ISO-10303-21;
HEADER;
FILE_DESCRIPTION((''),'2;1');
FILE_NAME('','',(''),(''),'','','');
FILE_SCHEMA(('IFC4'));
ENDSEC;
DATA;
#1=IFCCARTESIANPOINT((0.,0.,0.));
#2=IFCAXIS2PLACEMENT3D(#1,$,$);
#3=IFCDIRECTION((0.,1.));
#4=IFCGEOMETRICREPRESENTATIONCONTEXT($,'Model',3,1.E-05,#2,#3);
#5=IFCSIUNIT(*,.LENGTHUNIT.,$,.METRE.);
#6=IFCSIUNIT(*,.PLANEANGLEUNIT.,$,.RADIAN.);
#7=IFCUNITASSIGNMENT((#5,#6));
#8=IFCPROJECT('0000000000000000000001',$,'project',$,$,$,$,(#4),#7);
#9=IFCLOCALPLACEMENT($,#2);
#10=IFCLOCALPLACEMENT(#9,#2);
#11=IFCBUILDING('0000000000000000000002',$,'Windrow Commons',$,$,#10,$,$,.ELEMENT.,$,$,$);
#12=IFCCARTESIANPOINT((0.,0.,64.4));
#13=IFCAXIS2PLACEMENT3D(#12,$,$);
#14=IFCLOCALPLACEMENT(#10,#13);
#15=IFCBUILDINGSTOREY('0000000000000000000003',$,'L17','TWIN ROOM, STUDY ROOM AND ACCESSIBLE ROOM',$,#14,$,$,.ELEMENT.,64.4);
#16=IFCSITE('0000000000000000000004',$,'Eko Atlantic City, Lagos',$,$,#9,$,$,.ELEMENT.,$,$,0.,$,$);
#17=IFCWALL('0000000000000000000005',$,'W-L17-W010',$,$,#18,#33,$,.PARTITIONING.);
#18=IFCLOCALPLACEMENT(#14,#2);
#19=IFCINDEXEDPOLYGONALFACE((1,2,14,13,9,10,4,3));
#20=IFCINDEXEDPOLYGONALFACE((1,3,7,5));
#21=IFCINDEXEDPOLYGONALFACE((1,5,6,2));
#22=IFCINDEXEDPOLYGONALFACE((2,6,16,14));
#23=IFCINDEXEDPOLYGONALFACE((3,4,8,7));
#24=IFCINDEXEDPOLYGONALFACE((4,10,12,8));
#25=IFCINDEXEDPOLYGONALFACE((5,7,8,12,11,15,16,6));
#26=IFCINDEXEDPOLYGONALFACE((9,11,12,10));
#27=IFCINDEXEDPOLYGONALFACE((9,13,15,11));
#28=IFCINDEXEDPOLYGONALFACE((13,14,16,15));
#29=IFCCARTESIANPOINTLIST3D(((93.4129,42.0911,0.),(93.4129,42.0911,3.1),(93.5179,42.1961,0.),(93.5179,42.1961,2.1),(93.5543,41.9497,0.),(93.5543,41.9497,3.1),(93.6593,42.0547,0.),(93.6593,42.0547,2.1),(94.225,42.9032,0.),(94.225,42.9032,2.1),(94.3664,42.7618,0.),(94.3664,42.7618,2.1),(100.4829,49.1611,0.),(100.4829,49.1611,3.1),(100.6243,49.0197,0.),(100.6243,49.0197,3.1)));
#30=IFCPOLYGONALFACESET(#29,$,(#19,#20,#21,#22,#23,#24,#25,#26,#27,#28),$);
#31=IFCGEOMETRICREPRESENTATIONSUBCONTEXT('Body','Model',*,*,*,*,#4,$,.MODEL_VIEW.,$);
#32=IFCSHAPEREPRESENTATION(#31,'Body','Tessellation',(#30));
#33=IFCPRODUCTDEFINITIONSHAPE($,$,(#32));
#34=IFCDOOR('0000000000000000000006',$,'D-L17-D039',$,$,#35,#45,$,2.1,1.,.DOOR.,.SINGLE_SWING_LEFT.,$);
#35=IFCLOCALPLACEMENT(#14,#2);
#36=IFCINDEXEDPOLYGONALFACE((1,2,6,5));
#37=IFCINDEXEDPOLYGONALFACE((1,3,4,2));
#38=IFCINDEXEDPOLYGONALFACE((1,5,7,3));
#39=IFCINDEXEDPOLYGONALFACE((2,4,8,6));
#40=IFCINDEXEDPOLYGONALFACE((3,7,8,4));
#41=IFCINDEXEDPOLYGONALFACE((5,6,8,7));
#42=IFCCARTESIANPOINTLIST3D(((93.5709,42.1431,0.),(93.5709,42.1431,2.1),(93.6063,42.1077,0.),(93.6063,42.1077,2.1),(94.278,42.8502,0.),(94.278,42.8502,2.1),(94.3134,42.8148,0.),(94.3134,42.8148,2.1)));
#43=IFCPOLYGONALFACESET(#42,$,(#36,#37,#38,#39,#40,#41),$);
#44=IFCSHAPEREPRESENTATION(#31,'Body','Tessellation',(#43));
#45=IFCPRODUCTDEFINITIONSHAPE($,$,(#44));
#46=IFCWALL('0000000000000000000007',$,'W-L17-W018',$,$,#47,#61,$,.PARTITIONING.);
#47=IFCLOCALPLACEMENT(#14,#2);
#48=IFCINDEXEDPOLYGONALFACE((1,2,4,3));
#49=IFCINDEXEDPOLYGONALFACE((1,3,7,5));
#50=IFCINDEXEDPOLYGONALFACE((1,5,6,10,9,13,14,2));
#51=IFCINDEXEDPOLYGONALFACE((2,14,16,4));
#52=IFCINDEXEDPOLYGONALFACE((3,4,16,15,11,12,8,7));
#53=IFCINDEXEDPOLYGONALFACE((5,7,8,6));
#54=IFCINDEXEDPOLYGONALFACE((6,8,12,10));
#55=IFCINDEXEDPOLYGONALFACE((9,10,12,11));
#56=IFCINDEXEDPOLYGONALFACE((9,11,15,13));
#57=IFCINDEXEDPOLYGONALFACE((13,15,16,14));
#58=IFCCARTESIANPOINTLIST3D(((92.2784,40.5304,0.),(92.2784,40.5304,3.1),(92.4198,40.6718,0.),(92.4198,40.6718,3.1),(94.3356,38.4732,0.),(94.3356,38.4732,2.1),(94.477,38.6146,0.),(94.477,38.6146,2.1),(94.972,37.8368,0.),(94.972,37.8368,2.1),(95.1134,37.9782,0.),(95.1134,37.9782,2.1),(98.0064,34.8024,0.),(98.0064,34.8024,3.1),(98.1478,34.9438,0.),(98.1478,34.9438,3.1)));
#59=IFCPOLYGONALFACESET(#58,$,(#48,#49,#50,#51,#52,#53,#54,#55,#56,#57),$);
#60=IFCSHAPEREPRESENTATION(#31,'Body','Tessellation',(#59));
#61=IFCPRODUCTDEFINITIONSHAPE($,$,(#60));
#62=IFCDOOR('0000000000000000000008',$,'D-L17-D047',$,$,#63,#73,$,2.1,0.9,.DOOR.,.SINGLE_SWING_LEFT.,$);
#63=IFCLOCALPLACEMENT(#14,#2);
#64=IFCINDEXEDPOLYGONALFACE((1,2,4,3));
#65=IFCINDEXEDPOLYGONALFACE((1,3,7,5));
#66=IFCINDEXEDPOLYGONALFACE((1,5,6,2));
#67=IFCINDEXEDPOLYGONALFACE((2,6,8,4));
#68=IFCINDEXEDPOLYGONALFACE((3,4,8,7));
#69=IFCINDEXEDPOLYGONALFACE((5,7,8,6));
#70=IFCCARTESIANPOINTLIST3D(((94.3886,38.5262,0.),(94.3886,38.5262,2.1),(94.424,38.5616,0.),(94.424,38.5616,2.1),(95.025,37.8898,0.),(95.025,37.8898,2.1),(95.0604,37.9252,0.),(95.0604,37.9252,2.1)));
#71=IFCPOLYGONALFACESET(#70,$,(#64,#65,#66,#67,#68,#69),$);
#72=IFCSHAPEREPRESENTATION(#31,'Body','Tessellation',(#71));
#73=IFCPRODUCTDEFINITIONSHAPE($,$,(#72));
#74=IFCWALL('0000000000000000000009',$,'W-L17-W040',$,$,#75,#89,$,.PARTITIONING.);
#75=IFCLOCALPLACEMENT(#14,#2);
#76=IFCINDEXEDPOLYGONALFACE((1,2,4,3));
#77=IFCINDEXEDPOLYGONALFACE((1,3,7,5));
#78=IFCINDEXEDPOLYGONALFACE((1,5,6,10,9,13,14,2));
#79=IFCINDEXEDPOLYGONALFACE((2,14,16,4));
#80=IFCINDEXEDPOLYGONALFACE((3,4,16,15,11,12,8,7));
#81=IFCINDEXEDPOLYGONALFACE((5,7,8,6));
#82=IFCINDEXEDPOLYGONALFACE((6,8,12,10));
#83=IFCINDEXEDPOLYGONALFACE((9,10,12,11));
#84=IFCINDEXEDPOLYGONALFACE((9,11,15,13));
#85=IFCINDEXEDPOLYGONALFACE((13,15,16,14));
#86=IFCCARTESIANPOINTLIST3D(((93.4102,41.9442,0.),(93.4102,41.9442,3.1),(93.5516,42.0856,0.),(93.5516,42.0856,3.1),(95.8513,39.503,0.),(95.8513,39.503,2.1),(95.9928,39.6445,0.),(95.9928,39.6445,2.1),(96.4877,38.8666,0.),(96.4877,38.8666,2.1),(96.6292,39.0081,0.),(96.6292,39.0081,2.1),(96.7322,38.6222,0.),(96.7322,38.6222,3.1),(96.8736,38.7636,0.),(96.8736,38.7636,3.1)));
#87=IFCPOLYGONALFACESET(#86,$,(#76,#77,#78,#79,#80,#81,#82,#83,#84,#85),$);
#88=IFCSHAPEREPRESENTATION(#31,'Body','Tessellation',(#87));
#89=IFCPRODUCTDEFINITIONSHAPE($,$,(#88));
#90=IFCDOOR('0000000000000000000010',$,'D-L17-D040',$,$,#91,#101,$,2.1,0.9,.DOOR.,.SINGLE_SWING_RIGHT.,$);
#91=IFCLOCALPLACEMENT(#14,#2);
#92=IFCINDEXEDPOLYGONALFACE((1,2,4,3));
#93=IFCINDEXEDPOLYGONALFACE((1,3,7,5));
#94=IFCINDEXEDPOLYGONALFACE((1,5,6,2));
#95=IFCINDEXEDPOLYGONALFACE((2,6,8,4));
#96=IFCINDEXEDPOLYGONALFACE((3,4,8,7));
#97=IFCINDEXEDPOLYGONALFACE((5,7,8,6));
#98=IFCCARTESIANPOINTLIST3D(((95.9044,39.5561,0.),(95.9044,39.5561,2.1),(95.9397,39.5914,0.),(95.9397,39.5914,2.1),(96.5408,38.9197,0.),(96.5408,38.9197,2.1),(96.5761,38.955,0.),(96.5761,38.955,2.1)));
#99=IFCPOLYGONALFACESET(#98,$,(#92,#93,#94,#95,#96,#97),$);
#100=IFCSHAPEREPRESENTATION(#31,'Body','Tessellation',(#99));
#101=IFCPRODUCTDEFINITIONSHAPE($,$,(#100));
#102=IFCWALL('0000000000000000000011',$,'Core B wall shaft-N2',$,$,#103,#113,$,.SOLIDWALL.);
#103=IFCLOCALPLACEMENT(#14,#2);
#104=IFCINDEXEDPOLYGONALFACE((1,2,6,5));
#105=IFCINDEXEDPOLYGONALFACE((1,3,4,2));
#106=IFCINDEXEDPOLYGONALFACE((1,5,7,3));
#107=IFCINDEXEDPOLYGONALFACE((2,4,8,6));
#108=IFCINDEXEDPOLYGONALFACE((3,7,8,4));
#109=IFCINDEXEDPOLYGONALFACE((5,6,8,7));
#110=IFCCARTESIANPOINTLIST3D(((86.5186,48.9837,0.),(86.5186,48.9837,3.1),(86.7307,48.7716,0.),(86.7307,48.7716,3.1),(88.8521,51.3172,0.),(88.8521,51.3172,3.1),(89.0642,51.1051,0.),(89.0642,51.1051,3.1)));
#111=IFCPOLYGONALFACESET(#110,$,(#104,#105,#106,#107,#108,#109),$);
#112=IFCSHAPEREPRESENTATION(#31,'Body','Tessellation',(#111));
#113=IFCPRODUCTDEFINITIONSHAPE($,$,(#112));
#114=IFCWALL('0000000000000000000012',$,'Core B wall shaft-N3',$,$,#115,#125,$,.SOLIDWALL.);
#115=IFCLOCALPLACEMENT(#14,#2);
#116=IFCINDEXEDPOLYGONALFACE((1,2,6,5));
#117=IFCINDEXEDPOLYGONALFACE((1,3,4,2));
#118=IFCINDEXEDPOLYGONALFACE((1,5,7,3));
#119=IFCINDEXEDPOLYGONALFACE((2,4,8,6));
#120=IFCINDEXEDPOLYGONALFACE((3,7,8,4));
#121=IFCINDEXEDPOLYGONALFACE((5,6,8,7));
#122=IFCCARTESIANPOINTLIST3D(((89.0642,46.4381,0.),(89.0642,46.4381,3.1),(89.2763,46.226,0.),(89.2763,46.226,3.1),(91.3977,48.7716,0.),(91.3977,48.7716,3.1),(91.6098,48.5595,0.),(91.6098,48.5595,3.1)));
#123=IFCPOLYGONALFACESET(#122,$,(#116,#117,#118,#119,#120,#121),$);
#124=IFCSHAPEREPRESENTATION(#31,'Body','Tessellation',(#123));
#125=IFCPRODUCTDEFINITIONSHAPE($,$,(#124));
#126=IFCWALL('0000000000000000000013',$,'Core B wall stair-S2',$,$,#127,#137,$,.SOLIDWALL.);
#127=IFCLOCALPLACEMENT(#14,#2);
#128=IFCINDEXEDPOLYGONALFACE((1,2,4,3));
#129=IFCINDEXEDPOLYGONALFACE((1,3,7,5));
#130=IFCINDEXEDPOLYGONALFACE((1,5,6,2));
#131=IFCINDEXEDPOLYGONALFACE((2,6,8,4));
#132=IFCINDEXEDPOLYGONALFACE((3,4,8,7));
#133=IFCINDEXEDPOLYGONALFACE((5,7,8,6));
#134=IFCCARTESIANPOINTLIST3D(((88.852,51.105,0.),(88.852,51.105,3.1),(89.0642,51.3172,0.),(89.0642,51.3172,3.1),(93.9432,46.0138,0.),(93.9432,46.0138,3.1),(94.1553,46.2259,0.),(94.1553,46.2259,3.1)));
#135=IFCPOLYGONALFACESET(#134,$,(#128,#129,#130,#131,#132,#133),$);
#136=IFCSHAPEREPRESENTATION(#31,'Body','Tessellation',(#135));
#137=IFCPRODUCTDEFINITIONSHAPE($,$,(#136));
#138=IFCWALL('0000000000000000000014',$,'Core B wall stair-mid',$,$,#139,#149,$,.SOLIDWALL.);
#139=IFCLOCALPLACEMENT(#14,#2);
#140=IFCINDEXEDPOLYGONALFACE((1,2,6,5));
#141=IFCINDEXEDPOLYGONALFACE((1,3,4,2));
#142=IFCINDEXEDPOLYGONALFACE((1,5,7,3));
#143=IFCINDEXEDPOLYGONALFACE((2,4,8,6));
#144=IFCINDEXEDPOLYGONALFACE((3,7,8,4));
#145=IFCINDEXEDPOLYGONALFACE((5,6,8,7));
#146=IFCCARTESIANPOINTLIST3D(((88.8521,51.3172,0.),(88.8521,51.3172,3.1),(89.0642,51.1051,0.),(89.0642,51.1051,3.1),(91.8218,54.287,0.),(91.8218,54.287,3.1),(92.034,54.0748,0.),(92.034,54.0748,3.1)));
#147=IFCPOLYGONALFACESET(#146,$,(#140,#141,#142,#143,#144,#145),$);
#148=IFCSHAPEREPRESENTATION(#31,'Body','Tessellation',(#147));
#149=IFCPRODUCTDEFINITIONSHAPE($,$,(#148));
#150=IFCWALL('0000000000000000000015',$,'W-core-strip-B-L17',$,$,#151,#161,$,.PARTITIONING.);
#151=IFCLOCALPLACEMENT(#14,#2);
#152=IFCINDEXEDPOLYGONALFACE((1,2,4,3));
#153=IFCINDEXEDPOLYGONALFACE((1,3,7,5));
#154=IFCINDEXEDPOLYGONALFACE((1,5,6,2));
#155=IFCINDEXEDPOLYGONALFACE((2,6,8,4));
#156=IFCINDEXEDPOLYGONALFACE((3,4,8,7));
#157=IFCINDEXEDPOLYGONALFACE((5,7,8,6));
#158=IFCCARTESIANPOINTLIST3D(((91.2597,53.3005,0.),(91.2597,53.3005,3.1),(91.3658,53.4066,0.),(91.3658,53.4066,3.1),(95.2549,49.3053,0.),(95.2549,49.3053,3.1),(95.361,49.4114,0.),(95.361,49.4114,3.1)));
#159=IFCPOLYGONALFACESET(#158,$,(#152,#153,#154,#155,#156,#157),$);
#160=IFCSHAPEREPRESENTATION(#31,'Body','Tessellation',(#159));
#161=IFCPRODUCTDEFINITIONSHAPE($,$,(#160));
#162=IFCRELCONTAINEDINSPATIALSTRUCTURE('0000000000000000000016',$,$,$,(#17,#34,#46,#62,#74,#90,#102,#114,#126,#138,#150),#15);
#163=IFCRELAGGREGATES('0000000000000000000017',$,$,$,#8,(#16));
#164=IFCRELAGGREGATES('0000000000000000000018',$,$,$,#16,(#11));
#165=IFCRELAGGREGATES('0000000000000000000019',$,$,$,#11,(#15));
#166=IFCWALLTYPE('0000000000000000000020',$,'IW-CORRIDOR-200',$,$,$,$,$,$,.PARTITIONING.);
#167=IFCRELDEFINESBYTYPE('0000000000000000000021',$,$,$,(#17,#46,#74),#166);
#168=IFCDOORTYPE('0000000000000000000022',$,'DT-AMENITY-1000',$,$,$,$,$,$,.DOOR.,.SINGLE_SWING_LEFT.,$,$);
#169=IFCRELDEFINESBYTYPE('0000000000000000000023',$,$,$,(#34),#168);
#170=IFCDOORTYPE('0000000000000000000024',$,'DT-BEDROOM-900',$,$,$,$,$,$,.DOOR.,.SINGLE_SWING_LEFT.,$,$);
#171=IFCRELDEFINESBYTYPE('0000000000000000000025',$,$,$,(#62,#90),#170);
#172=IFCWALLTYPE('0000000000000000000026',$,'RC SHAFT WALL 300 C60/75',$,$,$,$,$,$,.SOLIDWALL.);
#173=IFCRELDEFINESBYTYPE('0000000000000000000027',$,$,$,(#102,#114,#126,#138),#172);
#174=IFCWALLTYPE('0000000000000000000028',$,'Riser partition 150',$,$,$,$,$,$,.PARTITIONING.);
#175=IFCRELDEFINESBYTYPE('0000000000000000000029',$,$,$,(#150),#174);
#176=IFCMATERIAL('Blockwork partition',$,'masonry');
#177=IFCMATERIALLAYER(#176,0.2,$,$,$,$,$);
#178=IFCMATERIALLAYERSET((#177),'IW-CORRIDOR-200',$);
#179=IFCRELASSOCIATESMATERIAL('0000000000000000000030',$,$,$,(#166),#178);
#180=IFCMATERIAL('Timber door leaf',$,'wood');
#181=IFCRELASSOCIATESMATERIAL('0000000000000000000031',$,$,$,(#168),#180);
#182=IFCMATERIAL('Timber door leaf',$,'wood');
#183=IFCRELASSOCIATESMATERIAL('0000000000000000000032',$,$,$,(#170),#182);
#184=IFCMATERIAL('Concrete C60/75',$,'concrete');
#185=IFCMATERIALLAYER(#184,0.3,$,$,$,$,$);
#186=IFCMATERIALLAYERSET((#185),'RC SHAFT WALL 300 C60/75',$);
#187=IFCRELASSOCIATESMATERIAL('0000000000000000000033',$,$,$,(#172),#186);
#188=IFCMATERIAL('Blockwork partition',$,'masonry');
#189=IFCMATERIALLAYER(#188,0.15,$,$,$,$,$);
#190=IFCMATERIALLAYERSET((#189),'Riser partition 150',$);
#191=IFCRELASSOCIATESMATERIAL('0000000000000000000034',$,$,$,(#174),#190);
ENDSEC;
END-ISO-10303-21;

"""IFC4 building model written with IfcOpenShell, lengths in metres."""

from ifc_helpers import new_model, si_unit, direction, frame, frame_2d, origin, place, context, subcontext, project, spatial, rectangle, extrude, material, layer, layer_set, type_object, element, fill, save


model = new_model("IFC4")

# Units and contexts
model_context = context("Model", 3, precision=1e-05, world=origin(), true_north=direction((0.0, 1.0)))
body_context = subcontext(model_context, "Body", "Model", "MODEL_VIEW")
ifc_project = project(units=[si_unit("LENGTHUNIT", "METRE"), si_unit("PLANEANGLEUNIT", "RADIAN")], contexts=[model_context])

# Site, building, storey
site_placement = place(None, origin())
site = spatial("IfcSite", under=ifc_project, at=site_placement, Name="Eko Atlantic City, Lagos", CompositionType="ELEMENT", RefElevation=0.0)
building_placement = place(site_placement, origin())
building = spatial("IfcBuilding", under=site, at=building_placement, Name="Windrow Commons", CompositionType="ELEMENT")
storey_placement = place(building_placement, frame((0.0, 0.0, 64.4)))
storey = spatial("IfcBuildingStorey", under=building, at=storey_placement, Name="L17", Description="TWIN ROOM, STUDY ROOM AND ACCESSIBLE ROOM", CompositionType="ELEMENT", Elevation=64.4)

# Walls, openings, doors
ifc_material_1 = material(Name="Blockwork partition", Category="masonry")
ifc_layer_1 = layer(ifc_material_1, 0.2)
ifc_layer_set_1 = layer_set([ifc_layer_1], Name="IW-CORRIDOR-200")
wall_type_1 = type_object("IfcWallType", Name="IW-CORRIDOR-200", PredefinedType="PARTITIONING", material=ifc_layer_set_1)
wall_1_placement = place(storey_placement, frame((93.4836, 42.0204, 0.0), z_axis=(0.0, 0.0, 1.0), x_axis=(0.707107, 0.707107, 0.0)))
wall_1 = element("IfcWall", 1, at=wall_1_placement, inside=storey, type_object=wall_type_1, Name="W-L17-W010", PredefinedType="PARTITIONING", context=body_context, shape_type="SweptSolid", body=[
    extrude(rectangle(XDim=9.9985, YDim=0.2, at=frame_2d((4.9992, 0.0))), origin(), (0.0, 0.0, 1.0), 3.1),
])
opening_1_placement = place(wall_1_placement, frame((0.1485, 0.0, 0.0)))
opening_1 = element("IfcOpeningElement", 2, at=opening_1_placement, cuts=wall_1, PredefinedType="OPENING", context=body_context, shape_type="SweptSolid", body=[
    extrude(rectangle(XDim=1.0, YDim=2.1, at=frame_2d((0.5, 1.05))), frame((0.0, 0.11, 0.0), z_axis=(0.0, -1.0, 0.0), x_axis=(1.0, 0.0, 0.0)), (0.0, 0.0, 1.0), 0.22),
])
ifc_material_2 = material(Name="Timber door leaf", Category="wood")
door_type_1 = type_object("IfcDoorType", Name="DT-AMENITY-1000", OperationType="SINGLE_SWING_LEFT", PredefinedType="DOOR", material=ifc_material_2)
door_1_placement = place(opening_1_placement, origin())
door_1 = element("IfcDoor", 3, at=door_1_placement, inside=storey, type_object=door_type_1, Name="D-L17-D039", OperationType="SINGLE_SWING_LEFT", OverallHeight=2.1, OverallWidth=1.0, PredefinedType="DOOR", context=body_context, shape_type="SweptSolid", body=[
    extrude(rectangle(XDim=1.0, YDim=2.1, at=frame_2d((0.5, 1.05))), frame((0.0, 0.025, 0.0), z_axis=(0.0, -1.0, 0.0), x_axis=(1.0, 0.0, 0.0)), (0.0, 0.0, 1.0), 0.05),
])
fill(opening_1, door_1)
wall_2_placement = place(storey_placement, frame((92.3491, 40.6011, 0.0), z_axis=(0.0, 0.0, 1.0), x_axis=(0.707107, -0.707107, 0.0)))
wall_2 = element("IfcWall", 4, at=wall_2_placement, inside=storey, type_object=wall_type_1, Name="W-L17-W018", PredefinedType="PARTITIONING", context=body_context, shape_type="SweptSolid", body=[
    extrude(rectangle(XDim=8.1006, YDim=0.2, at=frame_2d((4.0503, 0.0))), origin(), (0.0, 0.0, 1.0), 3.1),
])
opening_2_placement = place(wall_2_placement, frame((2.9093, 0.0, 0.0)))
opening_2 = element("IfcOpeningElement", 5, at=opening_2_placement, cuts=wall_2, PredefinedType="OPENING", context=body_context, shape_type="SweptSolid", body=[
    extrude(rectangle(XDim=0.9, YDim=2.1, at=frame_2d((0.45, 1.05))), frame((0.0, 0.11, 0.0), z_axis=(0.0, -1.0, 0.0), x_axis=(1.0, 0.0, 0.0)), (0.0, 0.0, 1.0), 0.22),
])
ifc_material_3 = material(Name="Timber door leaf", Category="wood")
door_type_2 = type_object("IfcDoorType", Name="DT-BEDROOM-900", OperationType="SINGLE_SWING_LEFT", PredefinedType="DOOR", material=ifc_material_3)
door_2_placement = place(opening_2_placement, origin())
door_2 = element("IfcDoor", 6, at=door_2_placement, inside=storey, type_object=door_type_2, Name="D-L17-D047", OperationType="SINGLE_SWING_LEFT", OverallHeight=2.1, OverallWidth=0.9, PredefinedType="DOOR", context=body_context, shape_type="SweptSolid", body=[
    extrude(rectangle(XDim=0.9, YDim=2.1, at=frame_2d((0.45, 1.05))), frame((0.0, 0.025, 0.0), z_axis=(0.0, -1.0, 0.0), x_axis=(1.0, 0.0, 0.0)), (0.0, 0.0, 1.0), 0.05),
])
fill(opening_2, door_2)
wall_3_placement = place(storey_placement, frame((93.4809, 42.0149, 0.0), z_axis=(0.0, 0.0, 1.0), x_axis=(0.707107, -0.707107, 0.0)))
wall_3 = element("IfcWall", 7, at=wall_3_placement, inside=storey, type_object=wall_type_1, Name="W-L17-W040", PredefinedType="PARTITIONING", context=body_context, shape_type="SweptSolid", body=[
    extrude(rectangle(XDim=4.698, YDim=0.2, at=frame_2d((2.349, 0.0))), origin(), (0.0, 0.0, 1.0), 3.1),
])
opening_3_placement = place(wall_3_placement, frame((3.4523, 0.0, 0.0)))
opening_3 = element("IfcOpeningElement", 8, at=opening_3_placement, cuts=wall_3, PredefinedType="OPENING", context=body_context, shape_type="SweptSolid", body=[
    extrude(rectangle(XDim=0.9, YDim=2.1, at=frame_2d((0.45, 1.05))), frame((0.0, 0.11, 0.0), z_axis=(0.0, -1.0, 0.0), x_axis=(1.0, 0.0, 0.0)), (0.0, 0.0, 1.0), 0.22),
])
door_3_placement = place(opening_3_placement, origin())
door_3 = element("IfcDoor", 9, at=door_3_placement, inside=storey, type_object=door_type_2, Name="D-L17-D040", OperationType="SINGLE_SWING_RIGHT", OverallHeight=2.1, OverallWidth=0.9, PredefinedType="DOOR", context=body_context, shape_type="SweptSolid", body=[
    extrude(rectangle(XDim=0.9, YDim=2.1, at=frame_2d((0.45, 1.05))), frame((0.0, 0.025, 0.0), z_axis=(0.0, -1.0, 0.0), x_axis=(1.0, 0.0, 0.0)), (0.0, 0.0, 1.0), 0.05),
])
fill(opening_3, door_3)

# Walls
ifc_material_4 = material(Name="Concrete C60/75", Category="concrete")
ifc_layer_2 = layer(ifc_material_4, 0.3)
ifc_layer_set_2 = layer_set([ifc_layer_2], Name="RC SHAFT WALL 300 C60/75")
wall_type_2 = type_object("IfcWallType", Name="RC SHAFT WALL 300 C60/75", PredefinedType="SOLIDWALL", material=ifc_layer_set_2)
for number, where, z_axis, x_axis, name in (
    (10, (86.6246, 48.8776, 0.0), (0.0, 0.0, 1.0), (0.707107, 0.707107, 0.0), "Core B wall shaft-N2"),
    (11, (89.1702, 46.332, 0.0), (0.0, 0.0, 1.0), (0.707107, 0.707107, 0.0), "Core B wall shaft-N3"),
):
    element("IfcWall", number, at=place(storey_placement, frame(where, z_axis=z_axis, x_axis=x_axis)), inside=storey, type_object=wall_type_2, Name=name, PredefinedType="SOLIDWALL", context=body_context, shape_type="SweptSolid", body=[
        extrude(rectangle(XDim=3.3001, YDim=0.3, at=frame_2d((1.6501, 0.0))), origin(), (0.0, 0.0, 1.0), 3.1),
    ])
wall_4_placement = place(storey_placement, frame((88.9581, 51.2111, 0.0), z_axis=(0.0, 0.0, 1.0), x_axis=(0.7071, -0.707114, 0.0)))
element("IfcWall", 12, at=wall_4_placement, inside=storey, type_object=wall_type_2, Name="Core B wall stair-S2", PredefinedType="SOLIDWALL", context=body_context, shape_type="SweptSolid", body=[
    extrude(rectangle(XDim=7.2, YDim=0.3, at=frame_2d((3.6, 0.0))), origin(), (0.0, 0.0, 1.0), 3.1),
])
wall_5_placement = place(storey_placement, frame((88.9581, 51.2111, 0.0), z_axis=(0.0, 0.0, 1.0), x_axis=(0.707107, 0.707107, 0.0)))
element("IfcWall", 13, at=wall_5_placement, inside=storey, type_object=wall_type_2, Name="Core B wall stair-mid", PredefinedType="SOLIDWALL", context=body_context, shape_type="SweptSolid", body=[
    extrude(rectangle(XDim=4.1999, YDim=0.3, at=frame_2d((2.1, 0.0))), origin(), (0.0, 0.0, 1.0), 3.1),
])
ifc_material_5 = material(Name="Blockwork partition", Category="masonry")
ifc_layer_3 = layer(ifc_material_5, 0.15)
ifc_layer_set_3 = layer_set([ifc_layer_3], Name="Riser partition 150")
wall_type_3 = type_object("IfcWallType", Name="Riser partition 150", PredefinedType="PARTITIONING", material=ifc_layer_set_3)
wall_6_placement = place(storey_placement, frame((91.3127, 53.3536, 0.0), z_axis=(0.0, 0.0, 1.0), x_axis=(0.707107, -0.707107, 0.0)))
element("IfcWall", 14, at=wall_6_placement, inside=storey, type_object=wall_type_3, Name="W-core-strip-B-L17", PredefinedType="PARTITIONING", context=body_context, shape_type="SweptSolid", body=[
    extrude(rectangle(XDim=5.6501, YDim=0.15, at=frame_2d((2.8251, 0.0))), origin(), (0.0, 0.0, 1.0), 3.1),
])

save(model, "model.ifc")
